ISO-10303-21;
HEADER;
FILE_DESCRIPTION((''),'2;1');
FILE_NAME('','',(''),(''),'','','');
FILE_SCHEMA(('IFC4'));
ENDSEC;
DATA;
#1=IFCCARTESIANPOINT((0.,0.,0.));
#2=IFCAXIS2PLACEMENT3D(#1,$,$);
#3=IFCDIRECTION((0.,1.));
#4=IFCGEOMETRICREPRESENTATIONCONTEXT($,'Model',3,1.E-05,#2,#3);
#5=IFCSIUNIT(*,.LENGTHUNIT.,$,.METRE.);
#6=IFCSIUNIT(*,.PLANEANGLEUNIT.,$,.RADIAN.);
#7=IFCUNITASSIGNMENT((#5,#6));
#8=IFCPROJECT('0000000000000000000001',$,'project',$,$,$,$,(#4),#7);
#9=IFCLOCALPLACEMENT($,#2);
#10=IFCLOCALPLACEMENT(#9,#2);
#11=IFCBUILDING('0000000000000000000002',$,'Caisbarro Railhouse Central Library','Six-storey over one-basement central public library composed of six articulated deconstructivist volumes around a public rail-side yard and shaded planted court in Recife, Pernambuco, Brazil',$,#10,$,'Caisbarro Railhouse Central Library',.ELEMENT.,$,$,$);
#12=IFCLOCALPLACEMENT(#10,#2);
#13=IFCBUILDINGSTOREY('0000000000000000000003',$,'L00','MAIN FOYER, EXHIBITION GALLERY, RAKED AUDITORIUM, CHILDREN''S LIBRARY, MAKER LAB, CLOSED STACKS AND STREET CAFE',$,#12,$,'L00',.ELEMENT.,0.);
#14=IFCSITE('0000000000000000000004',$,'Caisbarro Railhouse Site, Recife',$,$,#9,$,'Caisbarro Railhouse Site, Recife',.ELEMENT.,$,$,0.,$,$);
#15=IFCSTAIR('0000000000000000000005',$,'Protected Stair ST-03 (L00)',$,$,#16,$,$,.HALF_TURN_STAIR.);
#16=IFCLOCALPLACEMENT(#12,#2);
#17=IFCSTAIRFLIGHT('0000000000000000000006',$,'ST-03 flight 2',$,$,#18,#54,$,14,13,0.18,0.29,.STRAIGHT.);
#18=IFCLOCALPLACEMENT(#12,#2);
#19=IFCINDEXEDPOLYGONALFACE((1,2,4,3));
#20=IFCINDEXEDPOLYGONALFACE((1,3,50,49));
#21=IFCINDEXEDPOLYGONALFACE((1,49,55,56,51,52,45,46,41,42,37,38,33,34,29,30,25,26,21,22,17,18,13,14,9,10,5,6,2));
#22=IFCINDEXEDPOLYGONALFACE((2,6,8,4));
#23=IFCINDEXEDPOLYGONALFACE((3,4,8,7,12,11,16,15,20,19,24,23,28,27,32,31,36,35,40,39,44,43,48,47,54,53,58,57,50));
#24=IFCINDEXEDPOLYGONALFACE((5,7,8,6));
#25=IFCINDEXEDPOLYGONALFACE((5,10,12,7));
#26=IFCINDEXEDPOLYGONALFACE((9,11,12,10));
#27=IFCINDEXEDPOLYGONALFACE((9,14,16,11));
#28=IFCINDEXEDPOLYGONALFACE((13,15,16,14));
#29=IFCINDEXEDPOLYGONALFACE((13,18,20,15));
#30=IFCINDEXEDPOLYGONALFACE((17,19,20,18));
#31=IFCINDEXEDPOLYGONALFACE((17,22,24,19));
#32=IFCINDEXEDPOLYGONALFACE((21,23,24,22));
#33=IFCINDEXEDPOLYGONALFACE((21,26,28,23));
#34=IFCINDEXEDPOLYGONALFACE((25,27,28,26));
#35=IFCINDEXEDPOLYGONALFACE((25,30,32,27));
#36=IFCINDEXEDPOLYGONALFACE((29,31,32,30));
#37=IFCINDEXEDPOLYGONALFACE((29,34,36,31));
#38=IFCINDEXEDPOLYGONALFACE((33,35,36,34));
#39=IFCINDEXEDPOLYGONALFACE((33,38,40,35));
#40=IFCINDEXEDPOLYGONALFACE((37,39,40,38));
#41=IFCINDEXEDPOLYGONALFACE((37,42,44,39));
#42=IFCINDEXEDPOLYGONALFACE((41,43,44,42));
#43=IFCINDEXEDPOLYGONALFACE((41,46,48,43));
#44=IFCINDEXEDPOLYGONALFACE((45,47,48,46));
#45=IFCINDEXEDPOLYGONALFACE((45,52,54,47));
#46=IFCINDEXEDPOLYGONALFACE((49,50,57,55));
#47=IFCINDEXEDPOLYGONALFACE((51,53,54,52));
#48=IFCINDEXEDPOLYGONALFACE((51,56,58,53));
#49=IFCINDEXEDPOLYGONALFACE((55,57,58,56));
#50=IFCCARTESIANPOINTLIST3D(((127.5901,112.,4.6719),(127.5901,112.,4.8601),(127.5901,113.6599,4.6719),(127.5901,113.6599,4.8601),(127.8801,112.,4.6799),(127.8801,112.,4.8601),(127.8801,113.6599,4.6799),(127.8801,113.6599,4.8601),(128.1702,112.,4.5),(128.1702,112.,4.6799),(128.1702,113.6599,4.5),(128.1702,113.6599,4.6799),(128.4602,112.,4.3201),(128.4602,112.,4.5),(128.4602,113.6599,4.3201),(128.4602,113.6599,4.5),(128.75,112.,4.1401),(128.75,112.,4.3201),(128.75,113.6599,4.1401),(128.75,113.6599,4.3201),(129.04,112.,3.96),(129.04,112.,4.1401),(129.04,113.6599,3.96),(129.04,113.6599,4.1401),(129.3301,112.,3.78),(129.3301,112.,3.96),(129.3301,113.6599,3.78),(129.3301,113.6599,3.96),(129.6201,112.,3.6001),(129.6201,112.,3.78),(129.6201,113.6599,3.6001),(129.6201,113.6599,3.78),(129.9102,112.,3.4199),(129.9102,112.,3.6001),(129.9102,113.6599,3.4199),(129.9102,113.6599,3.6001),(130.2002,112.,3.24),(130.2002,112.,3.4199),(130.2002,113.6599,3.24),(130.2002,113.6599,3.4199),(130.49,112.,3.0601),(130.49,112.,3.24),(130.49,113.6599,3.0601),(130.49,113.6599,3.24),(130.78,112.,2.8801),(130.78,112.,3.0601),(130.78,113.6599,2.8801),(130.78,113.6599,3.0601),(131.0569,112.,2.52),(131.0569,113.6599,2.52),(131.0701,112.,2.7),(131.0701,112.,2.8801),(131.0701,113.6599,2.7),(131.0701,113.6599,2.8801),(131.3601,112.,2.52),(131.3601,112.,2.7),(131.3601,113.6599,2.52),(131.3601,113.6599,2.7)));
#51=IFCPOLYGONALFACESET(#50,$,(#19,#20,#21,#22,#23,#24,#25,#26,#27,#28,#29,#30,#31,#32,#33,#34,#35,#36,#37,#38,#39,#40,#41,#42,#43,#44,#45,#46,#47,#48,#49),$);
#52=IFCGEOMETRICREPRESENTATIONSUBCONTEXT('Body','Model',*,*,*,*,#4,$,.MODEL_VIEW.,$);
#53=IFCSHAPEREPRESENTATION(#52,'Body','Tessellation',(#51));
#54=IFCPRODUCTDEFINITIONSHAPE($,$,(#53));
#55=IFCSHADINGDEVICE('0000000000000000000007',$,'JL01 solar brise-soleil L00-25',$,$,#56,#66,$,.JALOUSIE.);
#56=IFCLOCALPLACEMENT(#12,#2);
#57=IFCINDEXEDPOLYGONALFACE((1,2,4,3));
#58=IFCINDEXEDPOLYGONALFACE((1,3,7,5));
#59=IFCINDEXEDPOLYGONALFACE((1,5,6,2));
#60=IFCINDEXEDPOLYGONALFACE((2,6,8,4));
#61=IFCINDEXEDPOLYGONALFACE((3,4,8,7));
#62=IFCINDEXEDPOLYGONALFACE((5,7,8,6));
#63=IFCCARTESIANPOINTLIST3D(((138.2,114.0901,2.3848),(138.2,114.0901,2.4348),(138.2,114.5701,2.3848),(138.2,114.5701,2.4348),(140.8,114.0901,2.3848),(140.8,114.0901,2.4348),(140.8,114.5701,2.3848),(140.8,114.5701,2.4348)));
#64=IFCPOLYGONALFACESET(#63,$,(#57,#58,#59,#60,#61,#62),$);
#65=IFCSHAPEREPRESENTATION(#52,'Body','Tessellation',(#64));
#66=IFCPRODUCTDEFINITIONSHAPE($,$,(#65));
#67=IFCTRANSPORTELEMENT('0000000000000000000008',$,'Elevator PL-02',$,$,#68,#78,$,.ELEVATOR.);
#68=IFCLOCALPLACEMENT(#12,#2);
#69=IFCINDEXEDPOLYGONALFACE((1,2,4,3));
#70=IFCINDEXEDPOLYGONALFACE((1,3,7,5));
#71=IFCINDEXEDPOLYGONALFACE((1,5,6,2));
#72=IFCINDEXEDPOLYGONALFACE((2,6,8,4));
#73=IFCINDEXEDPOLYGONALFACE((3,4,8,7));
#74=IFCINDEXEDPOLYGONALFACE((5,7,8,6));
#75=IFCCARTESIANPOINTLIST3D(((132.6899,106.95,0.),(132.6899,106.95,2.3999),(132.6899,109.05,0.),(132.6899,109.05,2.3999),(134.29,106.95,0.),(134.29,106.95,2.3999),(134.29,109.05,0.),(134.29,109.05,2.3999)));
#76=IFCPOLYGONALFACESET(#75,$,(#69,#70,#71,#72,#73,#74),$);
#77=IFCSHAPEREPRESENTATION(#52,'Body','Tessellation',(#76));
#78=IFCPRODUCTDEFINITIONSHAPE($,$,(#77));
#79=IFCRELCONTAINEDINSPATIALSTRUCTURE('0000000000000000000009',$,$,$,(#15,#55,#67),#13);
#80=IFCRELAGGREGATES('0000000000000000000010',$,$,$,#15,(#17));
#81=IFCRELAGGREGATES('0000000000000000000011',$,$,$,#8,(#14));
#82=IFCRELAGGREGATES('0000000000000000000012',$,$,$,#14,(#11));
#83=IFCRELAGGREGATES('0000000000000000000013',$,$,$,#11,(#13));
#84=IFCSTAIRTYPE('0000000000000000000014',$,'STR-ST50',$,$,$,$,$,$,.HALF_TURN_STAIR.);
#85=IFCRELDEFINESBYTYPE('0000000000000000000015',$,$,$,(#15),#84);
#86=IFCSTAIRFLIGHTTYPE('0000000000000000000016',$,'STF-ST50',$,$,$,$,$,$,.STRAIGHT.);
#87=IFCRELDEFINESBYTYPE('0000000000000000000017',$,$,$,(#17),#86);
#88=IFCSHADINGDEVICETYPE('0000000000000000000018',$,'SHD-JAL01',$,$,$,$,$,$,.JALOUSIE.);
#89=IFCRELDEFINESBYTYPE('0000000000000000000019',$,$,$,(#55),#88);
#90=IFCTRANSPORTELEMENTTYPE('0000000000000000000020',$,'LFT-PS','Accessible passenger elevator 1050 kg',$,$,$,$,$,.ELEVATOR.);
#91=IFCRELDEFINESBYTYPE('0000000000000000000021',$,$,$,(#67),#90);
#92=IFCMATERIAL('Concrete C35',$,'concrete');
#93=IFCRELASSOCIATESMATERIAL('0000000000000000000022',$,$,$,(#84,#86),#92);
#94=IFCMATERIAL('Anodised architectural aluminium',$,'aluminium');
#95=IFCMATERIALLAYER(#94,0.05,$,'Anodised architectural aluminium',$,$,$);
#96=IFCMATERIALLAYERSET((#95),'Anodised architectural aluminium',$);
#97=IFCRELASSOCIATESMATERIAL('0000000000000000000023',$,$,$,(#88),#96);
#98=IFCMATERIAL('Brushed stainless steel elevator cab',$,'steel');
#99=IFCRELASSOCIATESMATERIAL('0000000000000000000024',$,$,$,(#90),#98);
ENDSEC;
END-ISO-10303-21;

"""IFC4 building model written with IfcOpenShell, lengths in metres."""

from ifc_helpers import new_model, si_unit, direction, frame, origin, origin_2d, place, context, subcontext, project, spatial, polyline, rectangle, outline, extrude, material, layer, layer_set, type_object, element, aggregate, save


model = new_model("IFC4")

# Units and contexts
model_context = context("Model", 3, precision=1e-05, world=origin(), true_north=direction((0.0, 1.0)))
body_context = subcontext(model_context, "Body", "Model", "MODEL_VIEW")
ifc_project = project(units=[si_unit("LENGTHUNIT", "METRE"), si_unit("PLANEANGLEUNIT", "RADIAN")], contexts=[model_context])

# Site, building, storey
site_placement = place(None, origin())
site = spatial("IfcSite", under=ifc_project, at=site_placement, Name="Caisbarro Railhouse Site, Recife", LongName="Caisbarro Railhouse Site, Recife", CompositionType="ELEMENT", RefElevation=0.0)
building_placement = place(site_placement, origin())
building = spatial("IfcBuilding", under=site, at=building_placement, Name="Caisbarro Railhouse Central Library", Description="Six-storey over one-basement central public library composed of six articulated deconstructivist volumes around a public rail-side yard and shaded planted court in Recife, Pernambuco, Brazil", LongName="Caisbarro Railhouse Central Library", CompositionType="ELEMENT")
storey_placement = place(building_placement, origin())
storey = spatial("IfcBuildingStorey", under=building, at=storey_placement, Name="L00", Description="MAIN FOYER, EXHIBITION GALLERY, RAKED AUDITORIUM, CHILDREN'S LIBRARY, MAKER LAB, CLOSED STACKS AND STREET CAFE", LongName="L00", CompositionType="ELEMENT", Elevation=0.0)

# Shared definitions
ifc_material_1 = material(Name="Brushed stainless steel elevator cab", Category="steel")

# Stair, stair flight
ifc_material_2 = material(Name="Concrete C35", Category="concrete")
stair_type = type_object("IfcStairType", Name="STR-ST50", PredefinedType="HALF_TURN_STAIR", material=ifc_material_2)
stair_placement = place(storey_placement, origin())
stair = element("IfcStair", 1, at=stair_placement, inside=storey, type_object=stair_type, Name="Protected Stair ST-03 (L00)", PredefinedType="HALF_TURN_STAIR")
stair_flight_type = type_object("IfcStairFlightType", Name="STF-ST50", PredefinedType="STRAIGHT", material=ifc_material_2)
stair_flight_placement = place(storey_placement, frame((131.3601, 112.8301, 2.52), z_axis=(0.0, 0.0, 1.0), x_axis=(-1.0, 0.0, 0.0)))
stair_flight = element("IfcStairFlight", 2, at=stair_flight_placement, type_object=stair_flight_type, Name="ST-03 flight 2", NumberOfRisers=14, NumberOfTreads=13, PredefinedType="STRAIGHT", RiserHeight=0.18, TreadLength=0.29, context=body_context, shape_type="SweptSolid", body=[
    extrude(outline(polyline([(0.0, 0.0), (0.0, 0.1799), (0.29, 0.1799), (0.29, 0.3601), (0.5801, 0.3601), (0.5801, 0.54), (0.8701, 0.54), (0.8701, 0.72), (1.1599, 0.72), (1.1599, 0.8999), (1.45, 0.8999), (1.45, 1.0801), (1.74, 1.0801), (1.74, 1.26), (2.03, 1.26), (2.03, 1.4399), (2.3201, 1.4399), (2.3201, 1.6201), (2.6101, 1.6201), (2.6101, 1.8), (2.8999, 1.8), (2.8999, 1.98), (3.1899, 1.98), (3.1899, 2.1599), (3.48, 2.1599), (3.48, 2.3401), (3.77, 2.3401), (3.77, 2.52), (3.77, 2.1519), (0.3032, 0.0), (0.0, 0.0)])), frame((0.0, 0.8301, 0.0), z_axis=(0.0, -1.0, 0.0), x_axis=(1.0, 0.0, 0.0)), (0.0, 0.0, 1.0), 1.6599),
])
aggregate(stair, [stair_flight])

# Shading device
ifc_material_3 = material(Name="Anodised architectural aluminium", Category="aluminium")
ifc_layer_1 = layer(ifc_material_3, 0.05, Name="Anodised architectural aluminium")
ifc_layer_set_1 = layer_set([ifc_layer_1], Name="Anodised architectural aluminium")
shading_device_type = type_object("IfcShadingDeviceType", Name="SHD-JAL01", PredefinedType="JALOUSIE", material=ifc_layer_set_1)
shading_device_placement = place(storey_placement, frame((139.5, 114.3301, 2.3848), z_axis=(0.0, 0.0, 1.0), x_axis=(1.0, 0.0, 0.0)))
element("IfcShadingDevice", 3, at=shading_device_placement, inside=storey, type_object=shading_device_type, Name="JL01 solar brise-soleil L00-25", PredefinedType="JALOUSIE", context=body_context, shape_type="SweptSolid", body=[
    extrude(rectangle(XDim=2.6001, YDim=0.48, at=origin_2d()), origin(), (0.0, 0.0, 1.0), 0.05),
])

# Transport element
transport_element_type = type_object("IfcTransportElementType", Name="LFT-PS", Description="Accessible passenger elevator 1050 kg", PredefinedType="ELEVATOR", material=ifc_material_1)
transport_element_placement = place(storey_placement, frame((133.49, 108.0, 0.0), z_axis=(0.0, 0.0, 1.0), x_axis=(1.0, 0.0, 0.0)))
element("IfcTransportElement", 4, at=transport_element_placement, inside=storey, type_object=transport_element_type, Name="Elevator PL-02", PredefinedType="ELEVATOR", context=body_context, shape_type="SweptSolid", body=[
    extrude(rectangle(XDim=1.6001, YDim=2.1001, at=origin_2d()), origin(), (0.0, 0.0, 1.0), 2.3999),
])

save(model, "model.ifc")
